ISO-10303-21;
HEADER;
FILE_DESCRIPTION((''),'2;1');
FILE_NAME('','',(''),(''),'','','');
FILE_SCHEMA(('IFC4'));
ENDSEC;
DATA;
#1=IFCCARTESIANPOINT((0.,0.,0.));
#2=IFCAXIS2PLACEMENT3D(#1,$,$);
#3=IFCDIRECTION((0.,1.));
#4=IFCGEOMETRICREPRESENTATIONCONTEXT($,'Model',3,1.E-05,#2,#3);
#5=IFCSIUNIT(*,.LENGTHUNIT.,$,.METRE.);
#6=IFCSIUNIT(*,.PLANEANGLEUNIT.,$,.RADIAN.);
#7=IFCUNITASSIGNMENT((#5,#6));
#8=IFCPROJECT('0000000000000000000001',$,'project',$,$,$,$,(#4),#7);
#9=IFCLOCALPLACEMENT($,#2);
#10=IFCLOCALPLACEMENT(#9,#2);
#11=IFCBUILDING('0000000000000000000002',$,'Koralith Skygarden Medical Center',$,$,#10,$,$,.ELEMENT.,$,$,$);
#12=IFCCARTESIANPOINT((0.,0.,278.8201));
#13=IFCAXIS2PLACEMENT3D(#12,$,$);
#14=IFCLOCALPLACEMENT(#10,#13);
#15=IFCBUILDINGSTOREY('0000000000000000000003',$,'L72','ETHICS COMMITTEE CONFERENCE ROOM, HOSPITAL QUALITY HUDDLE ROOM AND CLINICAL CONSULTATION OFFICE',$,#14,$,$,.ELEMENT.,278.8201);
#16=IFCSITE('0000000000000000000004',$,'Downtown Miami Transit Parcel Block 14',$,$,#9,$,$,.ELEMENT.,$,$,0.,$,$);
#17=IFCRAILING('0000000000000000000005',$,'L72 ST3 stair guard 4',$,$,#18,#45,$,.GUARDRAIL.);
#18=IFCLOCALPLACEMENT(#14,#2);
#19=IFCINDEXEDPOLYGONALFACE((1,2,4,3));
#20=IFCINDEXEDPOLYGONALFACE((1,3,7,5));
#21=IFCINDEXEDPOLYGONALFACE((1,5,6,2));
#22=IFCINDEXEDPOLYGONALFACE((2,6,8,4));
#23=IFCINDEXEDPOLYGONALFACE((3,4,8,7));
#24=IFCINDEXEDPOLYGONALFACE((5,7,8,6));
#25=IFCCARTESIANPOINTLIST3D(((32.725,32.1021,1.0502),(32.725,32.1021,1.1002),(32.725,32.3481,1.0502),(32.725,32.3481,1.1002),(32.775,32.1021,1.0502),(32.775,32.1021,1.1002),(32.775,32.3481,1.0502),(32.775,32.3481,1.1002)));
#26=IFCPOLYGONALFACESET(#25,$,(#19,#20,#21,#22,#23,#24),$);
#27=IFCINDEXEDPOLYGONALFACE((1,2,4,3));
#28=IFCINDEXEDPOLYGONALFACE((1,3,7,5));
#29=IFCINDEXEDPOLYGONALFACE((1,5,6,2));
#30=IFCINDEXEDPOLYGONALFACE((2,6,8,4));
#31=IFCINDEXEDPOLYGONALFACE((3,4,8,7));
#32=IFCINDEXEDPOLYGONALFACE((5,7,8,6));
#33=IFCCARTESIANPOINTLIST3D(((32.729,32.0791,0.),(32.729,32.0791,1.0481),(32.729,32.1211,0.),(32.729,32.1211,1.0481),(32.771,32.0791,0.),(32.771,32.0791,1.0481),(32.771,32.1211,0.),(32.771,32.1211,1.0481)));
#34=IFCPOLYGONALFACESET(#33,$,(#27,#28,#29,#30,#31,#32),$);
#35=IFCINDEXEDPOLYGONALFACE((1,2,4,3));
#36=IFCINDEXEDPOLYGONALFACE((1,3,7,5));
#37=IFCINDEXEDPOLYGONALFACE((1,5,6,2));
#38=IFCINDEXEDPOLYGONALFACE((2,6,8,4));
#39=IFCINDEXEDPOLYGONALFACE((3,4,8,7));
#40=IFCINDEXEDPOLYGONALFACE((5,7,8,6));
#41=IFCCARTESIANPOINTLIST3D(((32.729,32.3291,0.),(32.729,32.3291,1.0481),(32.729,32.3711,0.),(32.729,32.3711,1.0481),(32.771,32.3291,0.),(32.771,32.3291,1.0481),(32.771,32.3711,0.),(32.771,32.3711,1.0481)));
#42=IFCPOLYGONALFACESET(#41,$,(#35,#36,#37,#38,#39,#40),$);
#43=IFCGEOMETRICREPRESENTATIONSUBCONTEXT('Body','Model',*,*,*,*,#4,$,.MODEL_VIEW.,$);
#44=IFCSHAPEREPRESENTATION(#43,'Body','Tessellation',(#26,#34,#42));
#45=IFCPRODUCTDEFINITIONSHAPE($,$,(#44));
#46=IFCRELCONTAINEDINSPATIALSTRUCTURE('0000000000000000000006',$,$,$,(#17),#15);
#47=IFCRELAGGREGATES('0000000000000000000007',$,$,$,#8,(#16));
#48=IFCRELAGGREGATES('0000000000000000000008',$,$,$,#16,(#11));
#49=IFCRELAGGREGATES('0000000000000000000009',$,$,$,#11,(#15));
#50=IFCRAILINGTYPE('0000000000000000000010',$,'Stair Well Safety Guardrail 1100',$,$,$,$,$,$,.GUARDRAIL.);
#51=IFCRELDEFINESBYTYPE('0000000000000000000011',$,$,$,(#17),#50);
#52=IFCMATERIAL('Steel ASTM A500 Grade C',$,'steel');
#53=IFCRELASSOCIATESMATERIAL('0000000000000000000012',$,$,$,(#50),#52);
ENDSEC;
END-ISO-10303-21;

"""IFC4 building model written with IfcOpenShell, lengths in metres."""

from ifc_helpers import new_model, si_unit, direction, frame, origin, origin_2d, place, context, subcontext, project, spatial, rectangle, extrude, material, type_object, element, save


model = new_model("IFC4")

# Units and contexts
model_context = context("Model", 3, precision=1e-05, world=origin(), true_north=direction((0.0, 1.0)))
body_context = subcontext(model_context, "Body", "Model", "MODEL_VIEW")
ifc_project = project(units=[si_unit("LENGTHUNIT", "METRE"), si_unit("PLANEANGLEUNIT", "RADIAN")], contexts=[model_context])

# Site, building, storey
site_placement = place(None, origin())
site = spatial("IfcSite", under=ifc_project, at=site_placement, Name="Downtown Miami Transit Parcel Block 14", CompositionType="ELEMENT", RefElevation=0.0)
building_placement = place(site_placement, origin())
building = spatial("IfcBuilding", under=site, at=building_placement, Name="Koralith Skygarden Medical Center", CompositionType="ELEMENT")
storey_placement = place(building_placement, frame((0.0, 0.0, 278.8201)))
storey = spatial("IfcBuildingStorey", under=building, at=storey_placement, Name="L72", Description="ETHICS COMMITTEE CONFERENCE ROOM, HOSPITAL QUALITY HUDDLE ROOM AND CLINICAL CONSULTATION OFFICE", CompositionType="ELEMENT", Elevation=278.8201)

# Railing
ifc_material_1 = material(Name="Steel ASTM A500 Grade C", Category="steel")
railing_type_1 = type_object("IfcRailingType", Name="Stair Well Safety Guardrail 1100", PredefinedType="GUARDRAIL", material=ifc_material_1)
railing_1_placement = place(storey_placement, frame((32.75, 32.1001, 0.0)))
element("IfcRailing", 1, at=railing_1_placement, inside=storey, type_object=railing_type_1, Name="L72 ST3 stair guard 4", PredefinedType="GUARDRAIL", context=body_context, shape_type="SweptSolid", body=[
    extrude(rectangle(XDim=0.05, YDim=0.05, at=origin_2d()), frame((0.0, 0.002, 1.0752), z_axis=(0.0, 1.0, 0.0), x_axis=(-1.0, 0.0, 0.0)), (0.0, 0.0, 1.0), 0.2461),
    extrude(rectangle(XDim=0.042, YDim=0.042, at=origin_2d()), origin(), (0.0, 0.0, 1.0), 1.0481),
    extrude(rectangle(XDim=0.042, YDim=0.042, at=origin_2d()), frame((0.0, 0.25, 0.0)), (0.0, 0.0, 1.0), 1.0481),
])

save(model, "model.ifc")
